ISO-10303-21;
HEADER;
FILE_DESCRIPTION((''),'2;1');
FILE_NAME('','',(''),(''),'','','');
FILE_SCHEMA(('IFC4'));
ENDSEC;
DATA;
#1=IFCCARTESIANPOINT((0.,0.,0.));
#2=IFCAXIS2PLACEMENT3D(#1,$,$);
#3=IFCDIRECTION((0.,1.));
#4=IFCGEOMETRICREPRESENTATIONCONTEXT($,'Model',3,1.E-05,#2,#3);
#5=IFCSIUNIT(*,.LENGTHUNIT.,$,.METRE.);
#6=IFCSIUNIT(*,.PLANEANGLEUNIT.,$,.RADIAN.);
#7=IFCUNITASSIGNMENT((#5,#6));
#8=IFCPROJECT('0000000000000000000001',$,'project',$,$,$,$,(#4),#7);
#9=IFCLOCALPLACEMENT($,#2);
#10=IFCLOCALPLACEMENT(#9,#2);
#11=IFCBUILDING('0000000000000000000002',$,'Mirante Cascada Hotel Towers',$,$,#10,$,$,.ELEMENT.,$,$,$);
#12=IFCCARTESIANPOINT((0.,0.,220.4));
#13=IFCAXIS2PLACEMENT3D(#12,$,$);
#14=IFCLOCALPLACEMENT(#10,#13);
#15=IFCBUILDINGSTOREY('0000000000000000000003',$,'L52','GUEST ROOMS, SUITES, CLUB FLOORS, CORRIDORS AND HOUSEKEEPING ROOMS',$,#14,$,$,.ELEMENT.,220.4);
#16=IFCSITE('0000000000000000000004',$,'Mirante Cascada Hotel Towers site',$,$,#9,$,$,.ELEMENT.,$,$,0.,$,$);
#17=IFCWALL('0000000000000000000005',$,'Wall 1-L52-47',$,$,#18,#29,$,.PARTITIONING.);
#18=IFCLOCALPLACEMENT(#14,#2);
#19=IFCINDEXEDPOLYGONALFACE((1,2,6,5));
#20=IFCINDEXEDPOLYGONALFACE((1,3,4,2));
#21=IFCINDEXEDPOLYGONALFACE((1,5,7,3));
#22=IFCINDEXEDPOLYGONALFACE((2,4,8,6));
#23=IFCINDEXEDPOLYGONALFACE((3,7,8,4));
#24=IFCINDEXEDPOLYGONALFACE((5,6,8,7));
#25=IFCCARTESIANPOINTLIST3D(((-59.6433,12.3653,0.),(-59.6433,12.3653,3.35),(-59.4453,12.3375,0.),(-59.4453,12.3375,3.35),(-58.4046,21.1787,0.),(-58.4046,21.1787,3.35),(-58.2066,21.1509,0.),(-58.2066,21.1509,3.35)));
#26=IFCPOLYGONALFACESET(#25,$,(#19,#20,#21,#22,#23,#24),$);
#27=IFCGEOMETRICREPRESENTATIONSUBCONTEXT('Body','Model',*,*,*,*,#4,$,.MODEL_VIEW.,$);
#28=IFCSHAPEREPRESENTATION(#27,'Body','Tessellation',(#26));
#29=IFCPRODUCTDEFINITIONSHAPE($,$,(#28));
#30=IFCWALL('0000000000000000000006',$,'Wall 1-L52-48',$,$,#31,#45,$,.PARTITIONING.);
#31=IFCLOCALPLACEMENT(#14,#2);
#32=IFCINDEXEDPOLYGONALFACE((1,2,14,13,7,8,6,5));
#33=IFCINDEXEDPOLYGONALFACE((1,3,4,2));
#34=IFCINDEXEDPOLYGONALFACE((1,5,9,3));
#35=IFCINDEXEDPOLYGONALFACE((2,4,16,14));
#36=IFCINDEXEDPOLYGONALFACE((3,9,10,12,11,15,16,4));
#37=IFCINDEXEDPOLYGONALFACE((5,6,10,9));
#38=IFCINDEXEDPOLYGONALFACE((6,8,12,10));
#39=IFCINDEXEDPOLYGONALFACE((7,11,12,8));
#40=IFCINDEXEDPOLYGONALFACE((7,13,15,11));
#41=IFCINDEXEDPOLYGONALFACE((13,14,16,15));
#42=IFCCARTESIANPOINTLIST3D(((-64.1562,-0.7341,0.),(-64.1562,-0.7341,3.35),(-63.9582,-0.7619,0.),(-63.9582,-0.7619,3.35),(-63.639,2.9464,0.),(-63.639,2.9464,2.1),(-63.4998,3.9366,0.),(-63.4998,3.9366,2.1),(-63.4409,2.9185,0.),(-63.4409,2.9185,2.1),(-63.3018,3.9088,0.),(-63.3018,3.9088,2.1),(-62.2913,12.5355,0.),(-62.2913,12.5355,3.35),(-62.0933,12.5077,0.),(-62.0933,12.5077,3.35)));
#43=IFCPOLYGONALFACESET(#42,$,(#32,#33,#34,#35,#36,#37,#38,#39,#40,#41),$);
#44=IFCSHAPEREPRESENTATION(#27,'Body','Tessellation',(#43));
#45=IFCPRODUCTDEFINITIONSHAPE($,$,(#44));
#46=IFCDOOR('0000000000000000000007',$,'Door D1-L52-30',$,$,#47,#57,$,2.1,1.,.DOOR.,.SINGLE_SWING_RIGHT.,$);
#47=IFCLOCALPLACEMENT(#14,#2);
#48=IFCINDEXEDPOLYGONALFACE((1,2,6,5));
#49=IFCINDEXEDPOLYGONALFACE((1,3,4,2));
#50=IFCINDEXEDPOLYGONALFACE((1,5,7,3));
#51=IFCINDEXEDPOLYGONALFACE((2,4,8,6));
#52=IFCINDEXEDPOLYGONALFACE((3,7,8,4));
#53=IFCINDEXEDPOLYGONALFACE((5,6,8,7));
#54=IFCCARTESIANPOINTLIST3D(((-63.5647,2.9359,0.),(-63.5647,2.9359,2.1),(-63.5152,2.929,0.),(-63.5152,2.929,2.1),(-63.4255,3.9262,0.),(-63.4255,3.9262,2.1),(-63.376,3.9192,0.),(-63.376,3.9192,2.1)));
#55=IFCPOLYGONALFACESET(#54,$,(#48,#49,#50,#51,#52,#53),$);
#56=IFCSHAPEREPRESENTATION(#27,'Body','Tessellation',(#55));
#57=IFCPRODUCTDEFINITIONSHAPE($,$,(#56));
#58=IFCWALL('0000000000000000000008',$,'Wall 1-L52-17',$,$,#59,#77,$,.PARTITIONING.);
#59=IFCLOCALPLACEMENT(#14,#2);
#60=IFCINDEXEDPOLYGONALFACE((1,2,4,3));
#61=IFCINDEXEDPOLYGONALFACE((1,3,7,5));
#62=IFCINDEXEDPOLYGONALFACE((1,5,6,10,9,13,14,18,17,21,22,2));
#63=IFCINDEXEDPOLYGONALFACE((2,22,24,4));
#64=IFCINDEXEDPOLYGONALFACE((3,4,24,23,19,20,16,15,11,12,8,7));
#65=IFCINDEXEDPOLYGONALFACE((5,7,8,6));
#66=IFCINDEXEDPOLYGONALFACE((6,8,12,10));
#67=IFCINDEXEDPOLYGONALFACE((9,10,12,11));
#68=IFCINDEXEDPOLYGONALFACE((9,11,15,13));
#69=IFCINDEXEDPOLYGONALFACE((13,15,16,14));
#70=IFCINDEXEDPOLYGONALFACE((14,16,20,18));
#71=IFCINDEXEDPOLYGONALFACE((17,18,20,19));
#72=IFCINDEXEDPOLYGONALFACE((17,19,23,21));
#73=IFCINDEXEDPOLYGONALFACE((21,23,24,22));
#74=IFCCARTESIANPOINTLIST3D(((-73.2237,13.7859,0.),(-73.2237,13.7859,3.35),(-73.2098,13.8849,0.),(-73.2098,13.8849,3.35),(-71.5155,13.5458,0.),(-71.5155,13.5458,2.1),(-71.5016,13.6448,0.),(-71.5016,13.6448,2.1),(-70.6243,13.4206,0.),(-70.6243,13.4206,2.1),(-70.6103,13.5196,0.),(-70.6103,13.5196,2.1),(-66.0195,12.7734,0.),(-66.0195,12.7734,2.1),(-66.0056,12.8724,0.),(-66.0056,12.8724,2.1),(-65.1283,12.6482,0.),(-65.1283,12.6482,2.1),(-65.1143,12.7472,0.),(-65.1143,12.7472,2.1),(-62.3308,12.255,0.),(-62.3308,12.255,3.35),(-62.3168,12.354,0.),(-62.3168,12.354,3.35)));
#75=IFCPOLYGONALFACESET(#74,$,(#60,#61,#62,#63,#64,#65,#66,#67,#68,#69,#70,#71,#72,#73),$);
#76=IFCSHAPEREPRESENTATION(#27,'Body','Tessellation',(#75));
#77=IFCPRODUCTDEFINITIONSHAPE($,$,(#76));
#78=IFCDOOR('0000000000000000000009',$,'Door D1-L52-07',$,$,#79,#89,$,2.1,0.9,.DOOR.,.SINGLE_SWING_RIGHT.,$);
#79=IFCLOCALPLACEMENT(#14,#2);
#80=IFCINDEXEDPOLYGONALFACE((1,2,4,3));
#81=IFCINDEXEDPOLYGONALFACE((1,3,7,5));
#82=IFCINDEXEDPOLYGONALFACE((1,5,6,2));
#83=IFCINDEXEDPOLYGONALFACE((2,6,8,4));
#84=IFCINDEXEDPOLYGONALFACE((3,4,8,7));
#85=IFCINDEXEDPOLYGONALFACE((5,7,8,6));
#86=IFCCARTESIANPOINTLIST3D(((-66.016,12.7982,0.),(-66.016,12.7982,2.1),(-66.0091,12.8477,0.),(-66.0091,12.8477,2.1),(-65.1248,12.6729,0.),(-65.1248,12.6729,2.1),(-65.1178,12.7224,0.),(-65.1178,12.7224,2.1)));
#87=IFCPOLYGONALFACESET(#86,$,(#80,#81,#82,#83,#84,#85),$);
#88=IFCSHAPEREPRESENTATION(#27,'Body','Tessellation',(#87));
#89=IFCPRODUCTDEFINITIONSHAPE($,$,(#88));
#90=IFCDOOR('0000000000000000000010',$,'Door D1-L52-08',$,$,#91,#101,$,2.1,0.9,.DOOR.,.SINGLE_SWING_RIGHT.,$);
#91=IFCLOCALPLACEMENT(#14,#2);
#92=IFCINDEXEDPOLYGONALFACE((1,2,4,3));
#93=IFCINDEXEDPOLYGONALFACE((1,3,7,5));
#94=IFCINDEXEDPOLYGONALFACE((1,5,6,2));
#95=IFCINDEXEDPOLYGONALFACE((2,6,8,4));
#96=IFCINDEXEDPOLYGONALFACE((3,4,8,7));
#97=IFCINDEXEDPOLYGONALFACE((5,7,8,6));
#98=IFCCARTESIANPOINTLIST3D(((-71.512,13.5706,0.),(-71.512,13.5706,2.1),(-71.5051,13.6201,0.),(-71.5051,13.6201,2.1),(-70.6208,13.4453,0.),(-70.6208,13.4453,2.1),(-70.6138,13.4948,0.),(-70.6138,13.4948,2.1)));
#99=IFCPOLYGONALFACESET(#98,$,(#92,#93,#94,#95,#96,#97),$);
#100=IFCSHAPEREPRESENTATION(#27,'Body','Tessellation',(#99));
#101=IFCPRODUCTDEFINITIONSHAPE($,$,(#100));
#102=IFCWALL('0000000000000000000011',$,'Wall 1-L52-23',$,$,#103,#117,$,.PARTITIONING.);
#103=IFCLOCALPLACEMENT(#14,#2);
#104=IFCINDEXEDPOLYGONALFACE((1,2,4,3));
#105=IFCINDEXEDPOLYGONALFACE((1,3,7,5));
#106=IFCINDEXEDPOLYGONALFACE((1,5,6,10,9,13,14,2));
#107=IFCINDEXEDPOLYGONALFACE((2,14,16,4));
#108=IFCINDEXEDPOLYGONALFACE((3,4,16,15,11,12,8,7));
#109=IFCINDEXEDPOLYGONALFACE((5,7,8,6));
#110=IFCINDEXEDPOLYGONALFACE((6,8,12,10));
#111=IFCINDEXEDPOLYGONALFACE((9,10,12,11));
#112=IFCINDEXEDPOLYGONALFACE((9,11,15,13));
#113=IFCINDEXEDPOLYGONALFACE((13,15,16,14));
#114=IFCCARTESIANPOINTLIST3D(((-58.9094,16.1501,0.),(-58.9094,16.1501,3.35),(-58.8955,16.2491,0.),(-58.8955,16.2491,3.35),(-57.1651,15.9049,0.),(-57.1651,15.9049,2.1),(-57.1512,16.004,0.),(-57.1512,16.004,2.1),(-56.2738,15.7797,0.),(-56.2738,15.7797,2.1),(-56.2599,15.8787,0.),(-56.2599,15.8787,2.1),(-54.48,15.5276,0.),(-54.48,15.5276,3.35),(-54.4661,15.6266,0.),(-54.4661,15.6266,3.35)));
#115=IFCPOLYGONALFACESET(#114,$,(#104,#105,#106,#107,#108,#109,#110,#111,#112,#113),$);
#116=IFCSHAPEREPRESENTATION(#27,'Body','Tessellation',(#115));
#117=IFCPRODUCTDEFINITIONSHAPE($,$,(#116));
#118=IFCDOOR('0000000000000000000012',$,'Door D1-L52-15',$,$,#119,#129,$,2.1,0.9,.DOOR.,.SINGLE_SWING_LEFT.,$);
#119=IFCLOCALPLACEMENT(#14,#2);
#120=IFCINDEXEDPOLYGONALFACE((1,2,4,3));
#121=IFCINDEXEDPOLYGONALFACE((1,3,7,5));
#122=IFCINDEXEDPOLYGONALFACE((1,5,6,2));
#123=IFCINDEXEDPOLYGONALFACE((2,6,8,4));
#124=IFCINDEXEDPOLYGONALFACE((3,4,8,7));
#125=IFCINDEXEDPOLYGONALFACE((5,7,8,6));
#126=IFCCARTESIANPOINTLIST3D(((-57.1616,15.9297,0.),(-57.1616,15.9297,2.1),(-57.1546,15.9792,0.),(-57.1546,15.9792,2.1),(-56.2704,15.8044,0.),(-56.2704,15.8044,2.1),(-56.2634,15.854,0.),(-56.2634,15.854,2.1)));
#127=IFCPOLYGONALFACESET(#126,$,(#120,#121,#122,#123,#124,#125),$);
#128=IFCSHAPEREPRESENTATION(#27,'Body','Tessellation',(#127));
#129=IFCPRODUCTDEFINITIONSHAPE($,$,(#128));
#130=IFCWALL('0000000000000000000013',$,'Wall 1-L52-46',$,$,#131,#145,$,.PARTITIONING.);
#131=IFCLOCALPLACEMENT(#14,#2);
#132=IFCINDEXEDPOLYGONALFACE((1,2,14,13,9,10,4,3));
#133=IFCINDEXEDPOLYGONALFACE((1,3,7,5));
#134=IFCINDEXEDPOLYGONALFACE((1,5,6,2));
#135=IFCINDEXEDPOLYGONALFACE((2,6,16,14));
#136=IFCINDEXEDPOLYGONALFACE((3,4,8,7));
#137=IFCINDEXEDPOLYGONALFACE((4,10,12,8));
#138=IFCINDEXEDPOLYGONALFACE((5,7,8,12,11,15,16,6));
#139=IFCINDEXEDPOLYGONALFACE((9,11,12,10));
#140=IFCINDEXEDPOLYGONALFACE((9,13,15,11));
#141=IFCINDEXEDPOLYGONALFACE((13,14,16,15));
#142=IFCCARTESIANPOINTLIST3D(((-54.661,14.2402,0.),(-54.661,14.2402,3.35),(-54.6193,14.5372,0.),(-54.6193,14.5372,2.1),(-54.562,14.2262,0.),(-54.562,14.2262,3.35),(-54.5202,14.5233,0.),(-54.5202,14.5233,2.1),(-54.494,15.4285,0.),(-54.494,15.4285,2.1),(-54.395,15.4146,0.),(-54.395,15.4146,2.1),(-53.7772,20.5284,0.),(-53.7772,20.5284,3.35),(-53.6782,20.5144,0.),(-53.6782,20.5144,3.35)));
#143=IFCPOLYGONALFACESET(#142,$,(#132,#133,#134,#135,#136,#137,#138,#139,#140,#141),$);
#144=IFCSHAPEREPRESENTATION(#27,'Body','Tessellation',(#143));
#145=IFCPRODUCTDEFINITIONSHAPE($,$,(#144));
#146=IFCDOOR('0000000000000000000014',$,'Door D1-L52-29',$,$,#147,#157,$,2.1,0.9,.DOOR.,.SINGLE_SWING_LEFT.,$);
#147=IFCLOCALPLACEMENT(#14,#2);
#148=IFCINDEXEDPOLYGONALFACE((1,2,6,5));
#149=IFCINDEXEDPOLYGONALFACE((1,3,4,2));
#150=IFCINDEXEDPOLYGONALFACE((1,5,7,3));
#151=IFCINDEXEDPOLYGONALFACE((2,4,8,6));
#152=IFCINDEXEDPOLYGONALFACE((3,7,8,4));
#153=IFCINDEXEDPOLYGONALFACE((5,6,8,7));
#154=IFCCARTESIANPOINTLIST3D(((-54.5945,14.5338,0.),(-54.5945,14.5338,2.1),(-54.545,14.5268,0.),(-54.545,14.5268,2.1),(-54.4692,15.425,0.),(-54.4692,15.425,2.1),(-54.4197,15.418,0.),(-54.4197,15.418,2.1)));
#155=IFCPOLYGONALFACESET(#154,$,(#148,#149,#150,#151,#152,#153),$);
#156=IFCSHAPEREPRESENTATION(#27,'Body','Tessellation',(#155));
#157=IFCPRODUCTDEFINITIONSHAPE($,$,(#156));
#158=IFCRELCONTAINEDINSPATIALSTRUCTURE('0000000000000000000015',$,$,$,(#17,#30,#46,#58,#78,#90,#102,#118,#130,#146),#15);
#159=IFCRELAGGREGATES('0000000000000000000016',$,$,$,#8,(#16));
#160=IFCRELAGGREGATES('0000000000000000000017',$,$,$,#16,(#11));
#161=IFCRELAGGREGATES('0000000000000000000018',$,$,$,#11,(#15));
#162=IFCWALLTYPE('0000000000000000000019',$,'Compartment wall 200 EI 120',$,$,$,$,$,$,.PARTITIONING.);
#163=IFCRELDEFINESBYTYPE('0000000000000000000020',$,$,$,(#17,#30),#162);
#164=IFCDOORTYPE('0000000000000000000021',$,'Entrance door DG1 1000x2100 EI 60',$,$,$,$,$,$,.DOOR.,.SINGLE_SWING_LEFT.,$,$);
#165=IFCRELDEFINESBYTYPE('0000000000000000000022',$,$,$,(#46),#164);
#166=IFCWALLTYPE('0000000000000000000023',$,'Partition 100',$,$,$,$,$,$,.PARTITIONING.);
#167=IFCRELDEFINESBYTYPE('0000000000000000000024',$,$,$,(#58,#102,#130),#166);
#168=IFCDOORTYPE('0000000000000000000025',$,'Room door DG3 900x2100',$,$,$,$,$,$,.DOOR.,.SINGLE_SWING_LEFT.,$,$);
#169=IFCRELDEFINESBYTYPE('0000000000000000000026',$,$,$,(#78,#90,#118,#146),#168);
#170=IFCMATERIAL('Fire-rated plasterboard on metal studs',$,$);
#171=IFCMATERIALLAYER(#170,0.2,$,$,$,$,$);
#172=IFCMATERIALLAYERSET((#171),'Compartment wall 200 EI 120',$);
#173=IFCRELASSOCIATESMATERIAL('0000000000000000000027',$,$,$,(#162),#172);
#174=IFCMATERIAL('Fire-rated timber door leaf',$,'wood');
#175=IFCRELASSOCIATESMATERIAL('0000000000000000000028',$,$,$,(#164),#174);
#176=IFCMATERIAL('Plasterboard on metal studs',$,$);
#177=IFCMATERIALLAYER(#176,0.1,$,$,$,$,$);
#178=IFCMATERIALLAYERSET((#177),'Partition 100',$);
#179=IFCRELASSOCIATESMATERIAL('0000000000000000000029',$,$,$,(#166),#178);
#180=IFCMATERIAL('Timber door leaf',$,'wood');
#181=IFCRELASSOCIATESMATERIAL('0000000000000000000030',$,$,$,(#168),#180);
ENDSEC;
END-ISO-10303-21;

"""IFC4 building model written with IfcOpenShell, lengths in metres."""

from ifc_helpers import new_model, si_unit, direction, frame, frame_2d, origin, place, context, subcontext, project, spatial, rectangle, extrude, material, layer, layer_set, type_object, element, fill, save


model = new_model("IFC4")

# Units and contexts
model_context = context("Model", 3, precision=1e-05, world=origin(), true_north=direction((0.0, 1.0)))
body_context = subcontext(model_context, "Body", "Model", "MODEL_VIEW")
ifc_project = project(units=[si_unit("LENGTHUNIT", "METRE"), si_unit("PLANEANGLEUNIT", "RADIAN")], contexts=[model_context])

# Site, building, storey
site_placement = place(None, origin())
site = spatial("IfcSite", under=ifc_project, at=site_placement, Name="Mirante Cascada Hotel Towers site", CompositionType="ELEMENT", RefElevation=0.0)
building_placement = place(site_placement, origin())
building = spatial("IfcBuilding", under=site, at=building_placement, Name="Mirante Cascada Hotel Towers", CompositionType="ELEMENT")
storey_placement = place(building_placement, frame((0.0, 0.0, 220.4)))
storey = spatial("IfcBuildingStorey", under=building, at=storey_placement, Name="L52", Description="GUEST ROOMS, SUITES, CLUB FLOORS, CORRIDORS AND HOUSEKEEPING ROOMS", CompositionType="ELEMENT", Elevation=220.4)

# Shared definitions
ifc_material_1 = material(Name="Fire-rated plasterboard on metal studs")
ifc_layer_1 = layer(ifc_material_1, 0.2)
ifc_layer_set_1 = layer_set([ifc_layer_1], Name="Compartment wall 200 EI 120")
wall_type_1 = type_object("IfcWallType", Name="Compartment wall 200 EI 120", PredefinedType="PARTITIONING", material=ifc_layer_set_1)
ifc_material_2 = material(Name="Fire-rated timber door leaf", Category="wood")
door_type_1 = type_object("IfcDoorType", Name="Entrance door DG1 1000x2100 EI 60", OperationType="SINGLE_SWING_LEFT", PredefinedType="DOOR", material=ifc_material_2)

# Wall
wall_1_placement = place(storey_placement, frame((-59.5443, 12.3514, 0.0), z_axis=(0.0, 0.0, 1.0), x_axis=(0.139179, 0.990267, 0.0)))
element("IfcWall", 1, at=wall_1_placement, inside=storey, type_object=wall_type_1, Name="Wall 1-L52-47", PredefinedType="PARTITIONING", context=body_context, shape_type="SweptSolid", body=[
    extrude(rectangle(XDim=8.9, YDim=0.2, at=frame_2d((4.45, 0.0))), origin(), (0.0, 0.0, 1.0), 3.35),
])

# Wall, opening, door
wall_2_placement = place(storey_placement, frame((-62.1923, 12.5216, 0.0), z_axis=(0.0, 0.0, 1.0), x_axis=(-0.139172, -0.990268, 0.0)))
wall_2 = element("IfcWall", 2, at=wall_2_placement, inside=storey, type_object=wall_type_1, Name="Wall 1-L52-48", PredefinedType="PARTITIONING", context=body_context, shape_type="SweptSolid", body=[
    extrude(rectangle(XDim=13.4, YDim=0.2, at=frame_2d((6.7, 0.0))), origin(), (0.0, 0.0, 1.0), 3.35),
])
opening_1_placement = place(wall_2_placement, frame((8.6834, 0.0, 0.0)))
opening_1 = element("IfcOpeningElement", 3, at=opening_1_placement, cuts=wall_2, PredefinedType="OPENING", context=body_context, shape_type="SweptSolid", body=[
    extrude(rectangle(XDim=1.0, YDim=2.1, at=frame_2d((0.5, 1.05))), frame((0.0, 0.1, 0.0), z_axis=(0.0, -1.0, 0.0), x_axis=(1.0, 0.0, 0.0)), (0.0, 0.0, 1.0), 0.2),
])
door_1_placement = place(opening_1_placement, frame((1.0, 0.0, 0.0), z_axis=(0.0, 0.0, 1.0), x_axis=(-1.0, 0.0, 0.0)))
door_1 = element("IfcDoor", 4, at=door_1_placement, inside=storey, type_object=door_type_1, Name="Door D1-L52-30", OperationType="SINGLE_SWING_RIGHT", OverallHeight=2.1, OverallWidth=1.0, PredefinedType="DOOR", context=body_context, shape_type="SweptSolid", body=[
    extrude(rectangle(XDim=1.0, YDim=2.1, at=frame_2d((0.5, 1.05))), frame((0.0, 0.025, 0.0), z_axis=(0.0, -1.0, 0.0), x_axis=(1.0, 0.0, 0.0)), (0.0, 0.0, 1.0), 0.05),
])
fill(opening_1, door_1)

# Wall, openings, doors
ifc_material_3 = material(Name="Plasterboard on metal studs")
ifc_layer_2 = layer(ifc_material_3, 0.1)
ifc_layer_set_2 = layer_set([ifc_layer_2], Name="Partition 100")
wall_type_2 = type_object("IfcWallType", Name="Partition 100", PredefinedType="PARTITIONING", material=ifc_layer_set_2)
wall_3_placement = place(storey_placement, frame((-62.3238, 12.3045, 0.0), z_axis=(0.0, 0.0, 1.0), x_axis=(-0.990268, 0.139173, 0.0)))
wall_3 = element("IfcWall", 5, at=wall_3_placement, inside=storey, type_object=wall_type_2, Name="Wall 1-L52-17", PredefinedType="PARTITIONING", context=body_context, shape_type="SweptSolid", body=[
    extrude(rectangle(XDim=11.0, YDim=0.1, at=frame_2d((5.5, 0.0))), origin(), (0.0, 0.0, 1.0), 3.35),
])
opening_2_placement = place(wall_3_placement, frame((2.825, 0.0, 0.0)))
opening_2 = element("IfcOpeningElement", 6, at=opening_2_placement, cuts=wall_3, PredefinedType="OPENING", context=body_context, shape_type="SweptSolid", body=[
    extrude(rectangle(XDim=0.9, YDim=2.1, at=frame_2d((0.45, 1.05))), frame((0.0, 0.05, 0.0), z_axis=(0.0, -1.0, 0.0), x_axis=(1.0, 0.0, 0.0)), (0.0, 0.0, 1.0), 0.1),
])
opening_3_placement = place(wall_3_placement, frame((8.375, 0.0, 0.0)))
opening_3 = element("IfcOpeningElement", 7, at=opening_3_placement, cuts=wall_3, PredefinedType="OPENING", context=body_context, shape_type="SweptSolid", body=[
    extrude(rectangle(XDim=0.9, YDim=2.1, at=frame_2d((0.45, 1.05))), frame((0.0, 0.05, 0.0), z_axis=(0.0, -1.0, 0.0), x_axis=(1.0, 0.0, 0.0)), (0.0, 0.0, 1.0), 0.1),
])
ifc_material_4 = material(Name="Timber door leaf", Category="wood")
door_type_2 = type_object("IfcDoorType", Name="Room door DG3 900x2100", OperationType="SINGLE_SWING_LEFT", PredefinedType="DOOR", material=ifc_material_4)
door_2_placement = place(opening_2_placement, frame((0.9, 0.0, 0.0), z_axis=(0.0, 0.0, 1.0), x_axis=(-1.0, 0.0, 0.0)))
door_2 = element("IfcDoor", 8, at=door_2_placement, inside=storey, type_object=door_type_2, Name="Door D1-L52-07", OperationType="SINGLE_SWING_RIGHT", OverallHeight=2.1, OverallWidth=0.9, PredefinedType="DOOR", context=body_context, shape_type="SweptSolid", body=[
    extrude(rectangle(XDim=0.9, YDim=2.1, at=frame_2d((0.45, 1.05))), frame((0.0, 0.025, 0.0), z_axis=(0.0, -1.0, 0.0), x_axis=(1.0, 0.0, 0.0)), (0.0, 0.0, 1.0), 0.05),
])
fill(opening_2, door_2)
door_3_placement = place(opening_3_placement, frame((0.9, 0.0, 0.0), z_axis=(0.0, 0.0, 1.0), x_axis=(-1.0, 0.0, 0.0)))
door_3 = element("IfcDoor", 9, at=door_3_placement, inside=storey, type_object=door_type_2, Name="Door D1-L52-08", OperationType="SINGLE_SWING_RIGHT", OverallHeight=2.1, OverallWidth=0.9, PredefinedType="DOOR", context=body_context, shape_type="SweptSolid", body=[
    extrude(rectangle(XDim=0.9, YDim=2.1, at=frame_2d((0.45, 1.05))), frame((0.0, 0.025, 0.0), z_axis=(0.0, -1.0, 0.0), x_axis=(1.0, 0.0, 0.0)), (0.0, 0.0, 1.0), 0.05),
])
fill(opening_3, door_3)

# Walls, openings, doors
wall_4_placement = place(storey_placement, frame((-54.4731, 15.5771, 0.0), z_axis=(0.0, 0.0, 1.0), x_axis=(-0.990268, 0.139171, 0.0)))
wall_4 = element("IfcWall", 10, at=wall_4_placement, inside=storey, type_object=wall_type_2, Name="Wall 1-L52-23", PredefinedType="PARTITIONING", context=body_context, shape_type="SweptSolid", body=[
    extrude(rectangle(XDim=4.4729, YDim=0.1, at=frame_2d((2.2364, 0.0))), origin(), (0.0, 0.0, 1.0), 3.35),
])
opening_4_placement = place(wall_4_placement, frame((1.8114, 0.0, 0.0)))
opening_4 = element("IfcOpeningElement", 11, at=opening_4_placement, cuts=wall_4, PredefinedType="OPENING", context=body_context, shape_type="SweptSolid", body=[
    extrude(rectangle(XDim=0.9, YDim=2.1, at=frame_2d((0.45, 1.05))), frame((0.0, 0.05, 0.0), z_axis=(0.0, -1.0, 0.0), x_axis=(1.0, 0.0, 0.0)), (0.0, 0.0, 1.0), 0.1),
])
door_4_placement = place(opening_4_placement, origin())
door_4 = element("IfcDoor", 12, at=door_4_placement, inside=storey, type_object=door_type_2, Name="Door D1-L52-15", OperationType="SINGLE_SWING_LEFT", OverallHeight=2.1, OverallWidth=0.9, PredefinedType="DOOR", context=body_context, shape_type="SweptSolid", body=[
    extrude(rectangle(XDim=0.9, YDim=2.1, at=frame_2d((0.45, 1.05))), frame((0.0, 0.025, 0.0), z_axis=(0.0, -1.0, 0.0), x_axis=(1.0, 0.0, 0.0)), (0.0, 0.0, 1.0), 0.05),
])
fill(opening_4, door_4)
wall_5_placement = place(storey_placement, frame((-53.7277, 20.5214, 0.0), z_axis=(0.0, 0.0, 1.0), x_axis=(-0.139181, -0.990267, 0.0)))
wall_5 = element("IfcWall", 13, at=wall_5_placement, inside=storey, type_object=wall_type_2, Name="Wall 1-L52-46", PredefinedType="PARTITIONING", context=body_context, shape_type="SweptSolid", body=[
    extrude(rectangle(XDim=6.35, YDim=0.1, at=frame_2d((3.175, 0.0))), origin(), (0.0, 0.0, 1.0), 3.35),
])
opening_5_placement = place(wall_5_placement, frame((5.15, 0.0, 0.0)))
opening_5 = element("IfcOpeningElement", 14, at=opening_5_placement, cuts=wall_5, PredefinedType="OPENING", context=body_context, shape_type="SweptSolid", body=[
    extrude(rectangle(XDim=0.9, YDim=2.1, at=frame_2d((0.45, 1.05))), frame((0.0, 0.05, 0.0), z_axis=(0.0, -1.0, 0.0), x_axis=(1.0, 0.0, 0.0)), (0.0, 0.0, 1.0), 0.1),
])
door_5_placement = place(opening_5_placement, origin())
door_5 = element("IfcDoor", 15, at=door_5_placement, inside=storey, type_object=door_type_2, Name="Door D1-L52-29", OperationType="SINGLE_SWING_LEFT", OverallHeight=2.1, OverallWidth=0.9, PredefinedType="DOOR", context=body_context, shape_type="SweptSolid", body=[
    extrude(rectangle(XDim=0.9, YDim=2.1, at=frame_2d((0.45, 1.05))), frame((0.0, 0.025, 0.0), z_axis=(0.0, -1.0, 0.0), x_axis=(1.0, 0.0, 0.0)), (0.0, 0.0, 1.0), 0.05),
])
fill(opening_5, door_5)

save(model, "model.ifc")
